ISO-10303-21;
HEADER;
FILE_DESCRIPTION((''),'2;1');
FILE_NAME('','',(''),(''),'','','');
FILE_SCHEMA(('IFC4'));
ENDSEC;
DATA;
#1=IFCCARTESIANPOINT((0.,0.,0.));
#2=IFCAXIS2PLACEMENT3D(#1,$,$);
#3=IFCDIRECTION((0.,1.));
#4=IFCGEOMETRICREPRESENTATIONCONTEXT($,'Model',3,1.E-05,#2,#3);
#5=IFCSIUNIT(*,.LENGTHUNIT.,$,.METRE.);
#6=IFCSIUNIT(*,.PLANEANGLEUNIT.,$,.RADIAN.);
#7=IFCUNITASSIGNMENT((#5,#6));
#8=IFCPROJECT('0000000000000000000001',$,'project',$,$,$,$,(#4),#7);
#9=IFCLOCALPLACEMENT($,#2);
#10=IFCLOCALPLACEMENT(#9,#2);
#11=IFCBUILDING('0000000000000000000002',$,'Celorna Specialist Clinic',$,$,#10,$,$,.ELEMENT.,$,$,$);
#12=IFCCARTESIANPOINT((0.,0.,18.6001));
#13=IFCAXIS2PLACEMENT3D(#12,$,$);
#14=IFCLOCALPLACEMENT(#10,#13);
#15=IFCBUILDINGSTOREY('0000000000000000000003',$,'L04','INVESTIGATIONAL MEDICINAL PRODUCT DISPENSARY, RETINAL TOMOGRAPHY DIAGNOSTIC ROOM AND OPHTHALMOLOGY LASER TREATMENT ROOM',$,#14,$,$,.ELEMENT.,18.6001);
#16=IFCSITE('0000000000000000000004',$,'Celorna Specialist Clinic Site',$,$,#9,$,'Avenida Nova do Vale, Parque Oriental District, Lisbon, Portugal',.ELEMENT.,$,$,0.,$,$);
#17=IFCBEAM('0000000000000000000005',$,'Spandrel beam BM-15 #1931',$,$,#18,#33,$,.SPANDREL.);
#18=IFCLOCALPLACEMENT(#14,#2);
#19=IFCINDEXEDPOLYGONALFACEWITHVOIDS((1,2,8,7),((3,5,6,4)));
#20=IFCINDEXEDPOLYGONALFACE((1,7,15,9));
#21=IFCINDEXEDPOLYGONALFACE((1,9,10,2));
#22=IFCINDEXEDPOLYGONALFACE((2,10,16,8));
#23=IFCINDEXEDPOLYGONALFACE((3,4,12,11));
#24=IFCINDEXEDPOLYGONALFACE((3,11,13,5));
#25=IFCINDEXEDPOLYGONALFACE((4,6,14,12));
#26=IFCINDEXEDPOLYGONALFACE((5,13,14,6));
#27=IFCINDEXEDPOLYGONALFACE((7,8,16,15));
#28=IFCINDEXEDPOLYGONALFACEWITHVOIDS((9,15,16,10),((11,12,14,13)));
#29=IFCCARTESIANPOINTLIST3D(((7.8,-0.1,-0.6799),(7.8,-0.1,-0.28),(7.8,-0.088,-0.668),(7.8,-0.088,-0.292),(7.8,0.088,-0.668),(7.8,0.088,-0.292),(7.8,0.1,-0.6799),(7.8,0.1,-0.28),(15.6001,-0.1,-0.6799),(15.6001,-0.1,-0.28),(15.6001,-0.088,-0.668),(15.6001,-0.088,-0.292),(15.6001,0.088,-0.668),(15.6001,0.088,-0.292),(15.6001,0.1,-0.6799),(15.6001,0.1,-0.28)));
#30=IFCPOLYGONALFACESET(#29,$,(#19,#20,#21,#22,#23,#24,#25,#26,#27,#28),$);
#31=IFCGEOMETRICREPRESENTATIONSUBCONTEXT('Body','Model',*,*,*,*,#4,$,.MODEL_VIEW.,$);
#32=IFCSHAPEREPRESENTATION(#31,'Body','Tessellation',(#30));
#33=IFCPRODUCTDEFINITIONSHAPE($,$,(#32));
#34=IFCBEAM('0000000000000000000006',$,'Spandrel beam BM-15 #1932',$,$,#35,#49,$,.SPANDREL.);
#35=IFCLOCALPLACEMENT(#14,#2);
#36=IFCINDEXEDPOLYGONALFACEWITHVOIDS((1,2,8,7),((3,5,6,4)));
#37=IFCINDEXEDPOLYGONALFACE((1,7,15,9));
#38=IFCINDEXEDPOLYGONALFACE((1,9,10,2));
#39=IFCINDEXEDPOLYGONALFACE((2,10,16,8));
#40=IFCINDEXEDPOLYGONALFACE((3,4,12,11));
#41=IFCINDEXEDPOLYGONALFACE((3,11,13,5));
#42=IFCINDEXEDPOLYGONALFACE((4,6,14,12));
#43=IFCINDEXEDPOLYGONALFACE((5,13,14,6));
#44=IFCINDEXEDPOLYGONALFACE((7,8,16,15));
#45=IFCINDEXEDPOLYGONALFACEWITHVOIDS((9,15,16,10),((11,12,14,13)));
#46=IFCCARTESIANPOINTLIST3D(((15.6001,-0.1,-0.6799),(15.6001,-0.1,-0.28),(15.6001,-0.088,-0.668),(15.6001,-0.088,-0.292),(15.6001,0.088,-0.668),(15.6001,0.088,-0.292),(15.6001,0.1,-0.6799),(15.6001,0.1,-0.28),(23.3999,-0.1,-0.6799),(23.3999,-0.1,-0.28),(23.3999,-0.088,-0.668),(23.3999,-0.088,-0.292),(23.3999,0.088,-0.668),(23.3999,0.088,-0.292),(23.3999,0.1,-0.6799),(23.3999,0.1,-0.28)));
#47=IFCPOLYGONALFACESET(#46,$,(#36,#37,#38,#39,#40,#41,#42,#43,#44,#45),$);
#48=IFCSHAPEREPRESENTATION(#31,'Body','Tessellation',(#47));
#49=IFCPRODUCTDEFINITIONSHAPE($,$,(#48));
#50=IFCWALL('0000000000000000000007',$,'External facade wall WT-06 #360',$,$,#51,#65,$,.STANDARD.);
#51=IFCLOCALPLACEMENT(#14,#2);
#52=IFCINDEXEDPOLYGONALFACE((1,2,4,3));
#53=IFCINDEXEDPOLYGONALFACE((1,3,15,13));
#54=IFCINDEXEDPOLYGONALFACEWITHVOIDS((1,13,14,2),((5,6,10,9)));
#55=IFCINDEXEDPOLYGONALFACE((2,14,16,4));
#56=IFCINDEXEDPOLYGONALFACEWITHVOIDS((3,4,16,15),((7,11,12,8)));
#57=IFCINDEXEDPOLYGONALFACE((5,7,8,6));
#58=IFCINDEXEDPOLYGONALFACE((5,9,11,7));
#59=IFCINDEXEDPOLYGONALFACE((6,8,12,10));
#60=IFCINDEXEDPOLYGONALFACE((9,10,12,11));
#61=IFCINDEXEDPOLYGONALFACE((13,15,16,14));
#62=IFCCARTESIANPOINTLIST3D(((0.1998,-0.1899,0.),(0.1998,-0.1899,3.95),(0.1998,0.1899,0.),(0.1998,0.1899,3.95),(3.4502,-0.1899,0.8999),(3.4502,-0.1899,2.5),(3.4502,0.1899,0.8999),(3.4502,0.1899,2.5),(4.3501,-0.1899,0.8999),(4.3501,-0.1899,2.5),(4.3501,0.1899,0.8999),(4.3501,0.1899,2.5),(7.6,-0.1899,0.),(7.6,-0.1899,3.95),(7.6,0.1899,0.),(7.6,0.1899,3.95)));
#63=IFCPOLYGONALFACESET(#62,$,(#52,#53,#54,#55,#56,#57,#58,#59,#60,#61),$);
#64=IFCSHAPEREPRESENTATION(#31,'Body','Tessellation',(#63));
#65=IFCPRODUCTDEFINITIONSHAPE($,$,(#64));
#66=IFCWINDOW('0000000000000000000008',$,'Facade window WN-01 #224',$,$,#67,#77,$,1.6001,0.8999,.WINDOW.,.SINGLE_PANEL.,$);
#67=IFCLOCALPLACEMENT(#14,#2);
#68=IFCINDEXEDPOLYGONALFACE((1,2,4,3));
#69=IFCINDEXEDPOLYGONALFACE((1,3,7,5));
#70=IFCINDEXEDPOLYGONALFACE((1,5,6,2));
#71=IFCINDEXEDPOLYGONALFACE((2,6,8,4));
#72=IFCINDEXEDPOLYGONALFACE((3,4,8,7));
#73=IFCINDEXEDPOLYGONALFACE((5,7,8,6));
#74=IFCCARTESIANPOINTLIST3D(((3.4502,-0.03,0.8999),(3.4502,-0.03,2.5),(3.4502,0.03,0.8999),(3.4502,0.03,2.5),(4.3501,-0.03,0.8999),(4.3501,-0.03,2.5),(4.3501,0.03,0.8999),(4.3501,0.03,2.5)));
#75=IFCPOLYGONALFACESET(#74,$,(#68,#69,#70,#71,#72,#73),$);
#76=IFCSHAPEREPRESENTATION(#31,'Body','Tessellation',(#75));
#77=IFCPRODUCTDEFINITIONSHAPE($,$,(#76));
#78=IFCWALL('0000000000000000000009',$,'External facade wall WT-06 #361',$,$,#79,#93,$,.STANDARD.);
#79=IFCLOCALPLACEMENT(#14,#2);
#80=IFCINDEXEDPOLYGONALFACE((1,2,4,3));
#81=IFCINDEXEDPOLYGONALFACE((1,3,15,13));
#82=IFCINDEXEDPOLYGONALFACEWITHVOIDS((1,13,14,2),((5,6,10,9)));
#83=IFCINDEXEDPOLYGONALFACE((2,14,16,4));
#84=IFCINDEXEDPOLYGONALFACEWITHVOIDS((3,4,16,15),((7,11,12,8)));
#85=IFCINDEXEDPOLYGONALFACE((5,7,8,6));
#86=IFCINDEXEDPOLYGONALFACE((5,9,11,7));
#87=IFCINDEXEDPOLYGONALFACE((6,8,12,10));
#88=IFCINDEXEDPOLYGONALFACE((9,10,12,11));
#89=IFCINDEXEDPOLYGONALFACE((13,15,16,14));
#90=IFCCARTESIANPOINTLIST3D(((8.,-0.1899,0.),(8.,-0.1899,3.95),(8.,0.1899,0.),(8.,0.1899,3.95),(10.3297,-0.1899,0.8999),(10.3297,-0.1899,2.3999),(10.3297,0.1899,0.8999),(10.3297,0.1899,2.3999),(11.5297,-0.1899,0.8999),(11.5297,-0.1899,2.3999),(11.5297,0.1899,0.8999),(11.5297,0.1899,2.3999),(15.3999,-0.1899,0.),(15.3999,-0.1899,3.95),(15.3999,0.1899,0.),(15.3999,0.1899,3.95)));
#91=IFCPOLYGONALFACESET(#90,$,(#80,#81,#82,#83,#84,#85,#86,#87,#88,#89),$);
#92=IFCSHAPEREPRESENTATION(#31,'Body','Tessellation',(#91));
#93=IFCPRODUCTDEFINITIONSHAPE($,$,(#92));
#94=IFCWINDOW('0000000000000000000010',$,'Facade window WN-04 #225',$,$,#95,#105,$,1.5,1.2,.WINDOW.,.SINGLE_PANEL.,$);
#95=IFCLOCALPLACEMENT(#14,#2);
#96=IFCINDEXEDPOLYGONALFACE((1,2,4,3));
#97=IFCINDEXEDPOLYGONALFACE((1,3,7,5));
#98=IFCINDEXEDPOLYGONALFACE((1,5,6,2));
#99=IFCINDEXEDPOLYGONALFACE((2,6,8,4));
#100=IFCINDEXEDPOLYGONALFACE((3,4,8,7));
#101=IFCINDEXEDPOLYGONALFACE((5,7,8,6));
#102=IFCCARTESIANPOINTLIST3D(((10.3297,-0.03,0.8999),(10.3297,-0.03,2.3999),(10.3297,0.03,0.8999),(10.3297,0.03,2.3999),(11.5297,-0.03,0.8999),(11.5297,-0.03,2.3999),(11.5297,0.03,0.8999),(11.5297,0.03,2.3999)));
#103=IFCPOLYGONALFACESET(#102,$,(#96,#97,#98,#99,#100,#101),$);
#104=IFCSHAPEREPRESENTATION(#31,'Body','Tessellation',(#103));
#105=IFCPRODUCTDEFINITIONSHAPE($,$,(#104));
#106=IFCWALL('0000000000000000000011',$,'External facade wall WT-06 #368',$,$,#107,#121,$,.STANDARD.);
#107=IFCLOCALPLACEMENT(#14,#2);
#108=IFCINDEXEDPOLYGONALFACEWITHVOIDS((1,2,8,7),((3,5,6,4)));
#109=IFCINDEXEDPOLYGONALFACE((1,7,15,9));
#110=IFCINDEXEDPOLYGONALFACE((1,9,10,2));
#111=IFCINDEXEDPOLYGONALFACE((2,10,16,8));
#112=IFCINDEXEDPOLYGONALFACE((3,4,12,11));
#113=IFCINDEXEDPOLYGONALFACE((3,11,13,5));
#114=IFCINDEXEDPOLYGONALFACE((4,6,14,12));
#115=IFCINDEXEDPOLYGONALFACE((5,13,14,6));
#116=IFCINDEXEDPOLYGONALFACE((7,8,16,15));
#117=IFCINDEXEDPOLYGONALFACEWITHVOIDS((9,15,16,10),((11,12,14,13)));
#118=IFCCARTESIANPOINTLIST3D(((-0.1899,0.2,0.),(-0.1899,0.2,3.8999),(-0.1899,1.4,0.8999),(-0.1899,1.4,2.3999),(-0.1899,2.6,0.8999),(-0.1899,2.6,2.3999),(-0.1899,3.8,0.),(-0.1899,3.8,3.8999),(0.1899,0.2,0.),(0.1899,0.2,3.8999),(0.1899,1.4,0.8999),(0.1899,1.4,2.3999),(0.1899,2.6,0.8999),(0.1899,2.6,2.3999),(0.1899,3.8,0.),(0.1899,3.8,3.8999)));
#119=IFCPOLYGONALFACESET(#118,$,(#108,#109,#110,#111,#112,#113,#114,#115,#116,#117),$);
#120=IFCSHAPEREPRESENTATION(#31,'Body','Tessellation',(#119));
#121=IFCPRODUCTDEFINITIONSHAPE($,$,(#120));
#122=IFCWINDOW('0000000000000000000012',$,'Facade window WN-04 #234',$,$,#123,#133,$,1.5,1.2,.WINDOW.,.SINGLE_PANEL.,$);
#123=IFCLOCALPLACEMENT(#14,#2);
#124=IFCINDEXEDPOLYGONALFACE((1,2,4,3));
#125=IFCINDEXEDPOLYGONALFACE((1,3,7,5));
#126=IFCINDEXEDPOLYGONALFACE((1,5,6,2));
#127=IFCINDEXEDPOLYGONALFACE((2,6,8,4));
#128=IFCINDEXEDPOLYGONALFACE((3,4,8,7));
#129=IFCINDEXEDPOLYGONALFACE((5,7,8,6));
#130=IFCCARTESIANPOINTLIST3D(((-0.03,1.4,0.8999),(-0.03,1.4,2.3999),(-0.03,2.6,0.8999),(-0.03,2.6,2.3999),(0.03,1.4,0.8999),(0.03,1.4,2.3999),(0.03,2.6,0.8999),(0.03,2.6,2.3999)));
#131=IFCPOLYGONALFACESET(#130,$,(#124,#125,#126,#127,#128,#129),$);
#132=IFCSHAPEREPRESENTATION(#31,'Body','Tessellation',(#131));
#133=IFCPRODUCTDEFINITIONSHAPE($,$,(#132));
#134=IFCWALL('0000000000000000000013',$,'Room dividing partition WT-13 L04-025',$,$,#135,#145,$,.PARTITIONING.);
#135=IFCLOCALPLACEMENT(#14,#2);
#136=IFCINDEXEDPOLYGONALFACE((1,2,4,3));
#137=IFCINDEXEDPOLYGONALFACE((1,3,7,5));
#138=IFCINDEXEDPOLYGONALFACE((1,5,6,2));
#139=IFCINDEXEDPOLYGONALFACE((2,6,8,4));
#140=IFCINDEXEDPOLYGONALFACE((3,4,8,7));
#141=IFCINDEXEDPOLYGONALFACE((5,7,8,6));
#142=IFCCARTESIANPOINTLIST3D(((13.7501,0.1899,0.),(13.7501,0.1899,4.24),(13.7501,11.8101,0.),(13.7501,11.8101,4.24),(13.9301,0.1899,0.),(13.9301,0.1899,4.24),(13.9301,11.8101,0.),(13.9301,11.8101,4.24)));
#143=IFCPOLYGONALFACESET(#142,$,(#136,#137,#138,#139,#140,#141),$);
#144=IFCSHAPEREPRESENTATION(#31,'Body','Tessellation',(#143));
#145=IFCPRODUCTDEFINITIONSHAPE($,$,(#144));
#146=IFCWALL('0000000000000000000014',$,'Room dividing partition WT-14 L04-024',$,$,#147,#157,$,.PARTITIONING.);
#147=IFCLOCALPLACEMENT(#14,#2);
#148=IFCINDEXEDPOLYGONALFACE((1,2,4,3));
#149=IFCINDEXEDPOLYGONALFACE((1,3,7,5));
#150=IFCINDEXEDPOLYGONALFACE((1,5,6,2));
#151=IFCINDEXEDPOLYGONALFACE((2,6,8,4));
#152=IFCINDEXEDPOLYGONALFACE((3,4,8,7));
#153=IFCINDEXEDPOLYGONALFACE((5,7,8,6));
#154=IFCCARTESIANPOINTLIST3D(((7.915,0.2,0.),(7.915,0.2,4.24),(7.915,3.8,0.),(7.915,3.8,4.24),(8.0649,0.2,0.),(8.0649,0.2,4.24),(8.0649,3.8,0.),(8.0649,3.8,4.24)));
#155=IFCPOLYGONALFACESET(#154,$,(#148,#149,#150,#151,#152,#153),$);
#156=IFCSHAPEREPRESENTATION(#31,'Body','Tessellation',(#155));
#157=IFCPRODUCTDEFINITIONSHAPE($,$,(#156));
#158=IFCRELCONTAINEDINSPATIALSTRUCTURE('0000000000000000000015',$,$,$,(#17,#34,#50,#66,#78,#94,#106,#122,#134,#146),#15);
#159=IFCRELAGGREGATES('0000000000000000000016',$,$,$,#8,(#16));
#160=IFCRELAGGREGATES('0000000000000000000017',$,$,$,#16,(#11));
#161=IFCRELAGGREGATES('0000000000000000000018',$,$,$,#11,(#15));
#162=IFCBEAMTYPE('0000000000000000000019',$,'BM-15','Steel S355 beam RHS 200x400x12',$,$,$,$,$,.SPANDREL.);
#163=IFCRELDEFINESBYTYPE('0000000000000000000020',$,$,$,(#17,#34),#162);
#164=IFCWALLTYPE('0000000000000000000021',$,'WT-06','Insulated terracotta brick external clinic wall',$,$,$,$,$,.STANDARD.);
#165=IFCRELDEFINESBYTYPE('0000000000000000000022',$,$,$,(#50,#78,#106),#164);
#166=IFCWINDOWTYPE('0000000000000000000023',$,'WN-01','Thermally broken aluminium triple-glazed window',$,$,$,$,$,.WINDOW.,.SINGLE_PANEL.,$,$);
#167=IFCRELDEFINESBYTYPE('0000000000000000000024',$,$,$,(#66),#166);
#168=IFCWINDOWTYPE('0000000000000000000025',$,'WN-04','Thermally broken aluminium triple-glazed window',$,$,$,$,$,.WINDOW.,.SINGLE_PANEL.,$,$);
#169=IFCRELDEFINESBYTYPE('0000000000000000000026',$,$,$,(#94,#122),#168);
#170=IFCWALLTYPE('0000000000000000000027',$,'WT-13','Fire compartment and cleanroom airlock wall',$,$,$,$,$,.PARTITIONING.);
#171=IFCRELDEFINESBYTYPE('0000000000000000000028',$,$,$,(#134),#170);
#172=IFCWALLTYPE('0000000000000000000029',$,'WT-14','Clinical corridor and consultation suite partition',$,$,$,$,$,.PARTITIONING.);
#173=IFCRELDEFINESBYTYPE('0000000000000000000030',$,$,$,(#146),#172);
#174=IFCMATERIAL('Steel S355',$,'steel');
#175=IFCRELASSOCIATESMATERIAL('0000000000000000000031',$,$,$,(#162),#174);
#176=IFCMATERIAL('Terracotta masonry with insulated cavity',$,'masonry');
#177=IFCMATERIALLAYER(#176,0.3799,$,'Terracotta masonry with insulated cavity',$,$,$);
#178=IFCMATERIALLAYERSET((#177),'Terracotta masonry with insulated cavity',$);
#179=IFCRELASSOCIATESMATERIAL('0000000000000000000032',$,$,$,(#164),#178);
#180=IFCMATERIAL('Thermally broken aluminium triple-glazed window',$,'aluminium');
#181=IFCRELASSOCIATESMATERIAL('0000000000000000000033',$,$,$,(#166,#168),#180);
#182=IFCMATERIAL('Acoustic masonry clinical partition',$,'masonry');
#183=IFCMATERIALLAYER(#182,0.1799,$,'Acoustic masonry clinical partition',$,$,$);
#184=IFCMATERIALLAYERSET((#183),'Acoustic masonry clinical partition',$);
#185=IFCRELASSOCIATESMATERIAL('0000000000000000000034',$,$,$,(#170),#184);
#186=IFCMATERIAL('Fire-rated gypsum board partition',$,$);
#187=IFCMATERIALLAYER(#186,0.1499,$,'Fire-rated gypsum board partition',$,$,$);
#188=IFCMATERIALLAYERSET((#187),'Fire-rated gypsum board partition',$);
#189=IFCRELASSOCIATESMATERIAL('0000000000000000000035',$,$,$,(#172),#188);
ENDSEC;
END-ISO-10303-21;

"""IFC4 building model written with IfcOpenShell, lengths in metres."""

from ifc_helpers import new_model, si_unit, direction, frame, frame_2d, origin, origin_2d, place, context, subcontext, project, spatial, rectangle, hollow_rectangle, extrude, material, layer, layer_set, material_profile, profile_set, type_object, element, fill, save


model = new_model("IFC4")

# Units and contexts
model_context = context("Model", 3, precision=1e-05, world=origin(), true_north=direction((0.0, 1.0)))
body_context = subcontext(model_context, "Body", "Model", "MODEL_VIEW")
ifc_project = project(units=[si_unit("LENGTHUNIT", "METRE"), si_unit("PLANEANGLEUNIT", "RADIAN")], contexts=[model_context])

# Site, building, storey
site_placement = place(None, origin())
site = spatial("IfcSite", under=ifc_project, at=site_placement, Name="Celorna Specialist Clinic Site", LongName="Avenida Nova do Vale, Parque Oriental District, Lisbon, Portugal", CompositionType="ELEMENT", RefElevation=0.0)
building_placement = place(site_placement, origin())
building = spatial("IfcBuilding", under=site, at=building_placement, Name="Celorna Specialist Clinic", CompositionType="ELEMENT")
storey_placement = place(building_placement, frame((0.0, 0.0, 18.6001)))
storey = spatial("IfcBuildingStorey", under=building, at=storey_placement, Name="L04", Description="INVESTIGATIONAL MEDICINAL PRODUCT DISPENSARY, RETINAL TOMOGRAPHY DIAGNOSTIC ROOM AND OPHTHALMOLOGY LASER TREATMENT ROOM", CompositionType="ELEMENT", Elevation=18.6001)

# Beams
ifc_material_1 = material(Name="Steel S355", Category="steel")
ifc_material_profile_1 = material_profile(ifc_material_1, hollow_rectangle(XDim=0.2, YDim=0.3999, WallThickness=0.012, at=origin_2d()), Name="RHS 200x400x12")
ifc_profile_set_1 = profile_set([ifc_material_profile_1], Name="Steel S355")
beam_type_1 = type_object("IfcBeamType", Name="BM-15", Description="Steel S355 beam RHS 200x400x12", PredefinedType="SPANDREL", material=ifc_profile_set_1)
beam_1_placement = place(storey_placement, frame((7.8, 0.0, -0.48), z_axis=(1.0, 0.0, 0.0), x_axis=(0.0, 1.0, 0.0)))
element("IfcBeam", 1, at=beam_1_placement, inside=storey, type_object=beam_type_1, Name="Spandrel beam BM-15 #1931", PredefinedType="SPANDREL", context=body_context, shape_type="SweptSolid", body=[
    extrude(hollow_rectangle(XDim=0.2, YDim=0.3999, WallThickness=0.012, at=origin_2d()), origin(), (0.0, 0.0, 1.0), 7.8),
])
beam_2_placement = place(storey_placement, frame((15.6001, 0.0, -0.48), z_axis=(1.0, 0.0, 0.0), x_axis=(0.0, 1.0, 0.0)))
element("IfcBeam", 2, at=beam_2_placement, inside=storey, type_object=beam_type_1, Name="Spandrel beam BM-15 #1932", PredefinedType="SPANDREL", context=body_context, shape_type="SweptSolid", body=[
    extrude(hollow_rectangle(XDim=0.2, YDim=0.3999, WallThickness=0.012, at=origin_2d()), origin(), (0.0, 0.0, 1.0), 7.7998),
])

# Walls, openings, windows
ifc_material_2 = material(Name="Terracotta masonry with insulated cavity", Category="masonry")
ifc_layer_1 = layer(ifc_material_2, 0.3799, Name="Terracotta masonry with insulated cavity")
ifc_layer_set_1 = layer_set([ifc_layer_1], Name="Terracotta masonry with insulated cavity")
wall_type_1 = type_object("IfcWallType", Name="WT-06", Description="Insulated terracotta brick external clinic wall", PredefinedType="STANDARD", material=ifc_layer_set_1)
wall_1_placement = place(storey_placement, frame((7.6001, 0.0, 0.0), z_axis=(0.0, 0.0, 1.0), x_axis=(-1.0, 0.0, 0.0)))
wall_1 = element("IfcWall", 3, at=wall_1_placement, inside=storey, type_object=wall_type_1, Name="External facade wall WT-06 #360", PredefinedType="STANDARD", context=body_context, shape_type="SweptSolid", body=[
    extrude(rectangle(XDim=7.4001, YDim=0.3799, at=frame_2d((3.7002, 0.0))), origin(), (0.0, 0.0, 1.0), 3.95),
])
opening_1_placement = place(wall_1_placement, frame((3.25, 0.0, 0.8999)))
opening_1 = element("IfcOpeningElement", 4, at=opening_1_placement, cuts=wall_1, PredefinedType="OPENING", context=body_context, shape_type="SweptSolid", body=[
    extrude(rectangle(XDim=0.8999, YDim=1.6001, at=frame_2d((0.45, 0.8))), frame((0.0, 0.2, 0.0), z_axis=(0.0, -1.0, 0.0), x_axis=(1.0, 0.0, 0.0)), (0.0, 0.0, 1.0), 0.3999),
])
ifc_material_3 = material(Name="Thermally broken aluminium triple-glazed window", Category="aluminium")
window_type_1 = type_object("IfcWindowType", Name="WN-01", Description="Thermally broken aluminium triple-glazed window", PartitioningType="SINGLE_PANEL", PredefinedType="WINDOW", material=ifc_material_3)
window_1_placement = place(opening_1_placement, origin())
window_1 = element("IfcWindow", 5, at=window_1_placement, inside=storey, type_object=window_type_1, Name="Facade window WN-01 #224", OverallHeight=1.6001, OverallWidth=0.8999, PartitioningType="SINGLE_PANEL", PredefinedType="WINDOW", context=body_context, shape_type="SweptSolid", body=[
    extrude(rectangle(XDim=0.8999, YDim=1.6001, at=frame_2d((0.45, 0.8))), frame((0.0, 0.03, 0.0), z_axis=(0.0, -1.0, 0.0), x_axis=(1.0, 0.0, 0.0)), (0.0, 0.0, 1.0), 0.0601),
])
fill(opening_1, window_1)
wall_2_placement = place(storey_placement, frame((15.3999, 0.0, 0.0), z_axis=(0.0, 0.0, 1.0), x_axis=(-1.0, 0.0, 0.0)))
wall_2 = element("IfcWall", 6, at=wall_2_placement, inside=storey, type_object=wall_type_1, Name="External facade wall WT-06 #361", PredefinedType="STANDARD", context=body_context, shape_type="SweptSolid", body=[
    extrude(rectangle(XDim=7.3999, YDim=0.3799, at=frame_2d((3.7, 0.0))), origin(), (0.0, 0.0, 1.0), 3.95),
])
opening_2_placement = place(wall_2_placement, frame((3.8701, 0.0, 0.8999)))
opening_2 = element("IfcOpeningElement", 7, at=opening_2_placement, cuts=wall_2, PredefinedType="OPENING", context=body_context, shape_type="SweptSolid", body=[
    extrude(rectangle(XDim=1.2, YDim=1.5, at=frame_2d((0.6001, 0.75))), frame((0.0, 0.2, 0.0), z_axis=(0.0, -1.0, 0.0), x_axis=(1.0, 0.0, 0.0)), (0.0, 0.0, 1.0), 0.3999),
])
window_type_2 = type_object("IfcWindowType", Name="WN-04", Description="Thermally broken aluminium triple-glazed window", PartitioningType="SINGLE_PANEL", PredefinedType="WINDOW", material=ifc_material_3)
window_2_placement = place(opening_2_placement, origin())
window_2 = element("IfcWindow", 8, at=window_2_placement, inside=storey, type_object=window_type_2, Name="Facade window WN-04 #225", OverallHeight=1.5, OverallWidth=1.2, PartitioningType="SINGLE_PANEL", PredefinedType="WINDOW", context=body_context, shape_type="SweptSolid", body=[
    extrude(rectangle(XDim=1.2, YDim=1.5, at=frame_2d((0.6001, 0.75))), frame((0.0, 0.03, 0.0), z_axis=(0.0, -1.0, 0.0), x_axis=(1.0, 0.0, 0.0)), (0.0, 0.0, 1.0), 0.0601),
])
fill(opening_2, window_2)
wall_3_placement = place(storey_placement, frame((0.0, 0.2, 0.0), z_axis=(0.0, 0.0, 1.0), x_axis=(0.0, 1.0, 0.0)))
wall_3 = element("IfcWall", 9, at=wall_3_placement, inside=storey, type_object=wall_type_1, Name="External facade wall WT-06 #368", PredefinedType="STANDARD", context=body_context, shape_type="SweptSolid", body=[
    extrude(rectangle(XDim=3.6001, YDim=0.3799, at=frame_2d((1.8, 0.0))), origin(), (0.0, 0.0, 1.0), 3.8999),
])
opening_3_placement = place(wall_3_placement, frame((1.2, 0.0, 0.8999)))
opening_3 = element("IfcOpeningElement", 10, at=opening_3_placement, cuts=wall_3, PredefinedType="OPENING", context=body_context, shape_type="SweptSolid", body=[
    extrude(rectangle(XDim=1.2, YDim=1.5, at=frame_2d((0.6001, 0.75))), frame((0.0, 0.2, 0.0), z_axis=(0.0, -1.0, 0.0), x_axis=(1.0, 0.0, 0.0)), (0.0, 0.0, 1.0), 0.3999),
])
window_3_placement = place(opening_3_placement, origin())
window_3 = element("IfcWindow", 11, at=window_3_placement, inside=storey, type_object=window_type_2, Name="Facade window WN-04 #234", OverallHeight=1.5, OverallWidth=1.2, PartitioningType="SINGLE_PANEL", PredefinedType="WINDOW", context=body_context, shape_type="SweptSolid", body=[
    extrude(rectangle(XDim=1.2, YDim=1.5, at=frame_2d((0.6001, 0.75))), frame((0.0, 0.03, 0.0), z_axis=(0.0, -1.0, 0.0), x_axis=(1.0, 0.0, 0.0)), (0.0, 0.0, 1.0), 0.0601),
])
fill(opening_3, window_3)

# Walls
ifc_material_4 = material(Name="Acoustic masonry clinical partition", Category="masonry")
ifc_layer_2 = layer(ifc_material_4, 0.1799, Name="Acoustic masonry clinical partition")
ifc_layer_set_2 = layer_set([ifc_layer_2], Name="Acoustic masonry clinical partition")
wall_type_2 = type_object("IfcWallType", Name="WT-13", Description="Fire compartment and cleanroom airlock wall", PredefinedType="PARTITIONING", material=ifc_layer_set_2)
wall_4_placement = place(storey_placement, frame((13.8401, 0.1899, 0.0), z_axis=(0.0, 0.0, 1.0), x_axis=(0.0, 1.0, 0.0)))
element("IfcWall", 12, at=wall_4_placement, inside=storey, type_object=wall_type_2, Name="Room dividing partition WT-13 L04-025", PredefinedType="PARTITIONING", context=body_context, shape_type="SweptSolid", body=[
    extrude(rectangle(XDim=11.6201, YDim=0.1799, at=frame_2d((5.8101, 0.0))), origin(), (0.0, 0.0, 1.0), 4.24),
])
ifc_material_5 = material(Name="Fire-rated gypsum board partition")
ifc_layer_3 = layer(ifc_material_5, 0.1499, Name="Fire-rated gypsum board partition")
ifc_layer_set_3 = layer_set([ifc_layer_3], Name="Fire-rated gypsum board partition")
wall_type_3 = type_object("IfcWallType", Name="WT-14", Description="Clinical corridor and consultation suite partition", PredefinedType="PARTITIONING", material=ifc_layer_set_3)
wall_5_placement = place(storey_placement, frame((7.99, 0.2, 0.0), z_axis=(0.0, 0.0, 1.0), x_axis=(0.0, 1.0, 0.0)))
element("IfcWall", 13, at=wall_5_placement, inside=storey, type_object=wall_type_3, Name="Room dividing partition WT-14 L04-024", PredefinedType="PARTITIONING", context=body_context, shape_type="SweptSolid", body=[
    extrude(rectangle(XDim=3.6001, YDim=0.1499, at=frame_2d((1.8, 0.0))), origin(), (0.0, 0.0, 1.0), 4.24),
])

save(model, "model.ifc")
